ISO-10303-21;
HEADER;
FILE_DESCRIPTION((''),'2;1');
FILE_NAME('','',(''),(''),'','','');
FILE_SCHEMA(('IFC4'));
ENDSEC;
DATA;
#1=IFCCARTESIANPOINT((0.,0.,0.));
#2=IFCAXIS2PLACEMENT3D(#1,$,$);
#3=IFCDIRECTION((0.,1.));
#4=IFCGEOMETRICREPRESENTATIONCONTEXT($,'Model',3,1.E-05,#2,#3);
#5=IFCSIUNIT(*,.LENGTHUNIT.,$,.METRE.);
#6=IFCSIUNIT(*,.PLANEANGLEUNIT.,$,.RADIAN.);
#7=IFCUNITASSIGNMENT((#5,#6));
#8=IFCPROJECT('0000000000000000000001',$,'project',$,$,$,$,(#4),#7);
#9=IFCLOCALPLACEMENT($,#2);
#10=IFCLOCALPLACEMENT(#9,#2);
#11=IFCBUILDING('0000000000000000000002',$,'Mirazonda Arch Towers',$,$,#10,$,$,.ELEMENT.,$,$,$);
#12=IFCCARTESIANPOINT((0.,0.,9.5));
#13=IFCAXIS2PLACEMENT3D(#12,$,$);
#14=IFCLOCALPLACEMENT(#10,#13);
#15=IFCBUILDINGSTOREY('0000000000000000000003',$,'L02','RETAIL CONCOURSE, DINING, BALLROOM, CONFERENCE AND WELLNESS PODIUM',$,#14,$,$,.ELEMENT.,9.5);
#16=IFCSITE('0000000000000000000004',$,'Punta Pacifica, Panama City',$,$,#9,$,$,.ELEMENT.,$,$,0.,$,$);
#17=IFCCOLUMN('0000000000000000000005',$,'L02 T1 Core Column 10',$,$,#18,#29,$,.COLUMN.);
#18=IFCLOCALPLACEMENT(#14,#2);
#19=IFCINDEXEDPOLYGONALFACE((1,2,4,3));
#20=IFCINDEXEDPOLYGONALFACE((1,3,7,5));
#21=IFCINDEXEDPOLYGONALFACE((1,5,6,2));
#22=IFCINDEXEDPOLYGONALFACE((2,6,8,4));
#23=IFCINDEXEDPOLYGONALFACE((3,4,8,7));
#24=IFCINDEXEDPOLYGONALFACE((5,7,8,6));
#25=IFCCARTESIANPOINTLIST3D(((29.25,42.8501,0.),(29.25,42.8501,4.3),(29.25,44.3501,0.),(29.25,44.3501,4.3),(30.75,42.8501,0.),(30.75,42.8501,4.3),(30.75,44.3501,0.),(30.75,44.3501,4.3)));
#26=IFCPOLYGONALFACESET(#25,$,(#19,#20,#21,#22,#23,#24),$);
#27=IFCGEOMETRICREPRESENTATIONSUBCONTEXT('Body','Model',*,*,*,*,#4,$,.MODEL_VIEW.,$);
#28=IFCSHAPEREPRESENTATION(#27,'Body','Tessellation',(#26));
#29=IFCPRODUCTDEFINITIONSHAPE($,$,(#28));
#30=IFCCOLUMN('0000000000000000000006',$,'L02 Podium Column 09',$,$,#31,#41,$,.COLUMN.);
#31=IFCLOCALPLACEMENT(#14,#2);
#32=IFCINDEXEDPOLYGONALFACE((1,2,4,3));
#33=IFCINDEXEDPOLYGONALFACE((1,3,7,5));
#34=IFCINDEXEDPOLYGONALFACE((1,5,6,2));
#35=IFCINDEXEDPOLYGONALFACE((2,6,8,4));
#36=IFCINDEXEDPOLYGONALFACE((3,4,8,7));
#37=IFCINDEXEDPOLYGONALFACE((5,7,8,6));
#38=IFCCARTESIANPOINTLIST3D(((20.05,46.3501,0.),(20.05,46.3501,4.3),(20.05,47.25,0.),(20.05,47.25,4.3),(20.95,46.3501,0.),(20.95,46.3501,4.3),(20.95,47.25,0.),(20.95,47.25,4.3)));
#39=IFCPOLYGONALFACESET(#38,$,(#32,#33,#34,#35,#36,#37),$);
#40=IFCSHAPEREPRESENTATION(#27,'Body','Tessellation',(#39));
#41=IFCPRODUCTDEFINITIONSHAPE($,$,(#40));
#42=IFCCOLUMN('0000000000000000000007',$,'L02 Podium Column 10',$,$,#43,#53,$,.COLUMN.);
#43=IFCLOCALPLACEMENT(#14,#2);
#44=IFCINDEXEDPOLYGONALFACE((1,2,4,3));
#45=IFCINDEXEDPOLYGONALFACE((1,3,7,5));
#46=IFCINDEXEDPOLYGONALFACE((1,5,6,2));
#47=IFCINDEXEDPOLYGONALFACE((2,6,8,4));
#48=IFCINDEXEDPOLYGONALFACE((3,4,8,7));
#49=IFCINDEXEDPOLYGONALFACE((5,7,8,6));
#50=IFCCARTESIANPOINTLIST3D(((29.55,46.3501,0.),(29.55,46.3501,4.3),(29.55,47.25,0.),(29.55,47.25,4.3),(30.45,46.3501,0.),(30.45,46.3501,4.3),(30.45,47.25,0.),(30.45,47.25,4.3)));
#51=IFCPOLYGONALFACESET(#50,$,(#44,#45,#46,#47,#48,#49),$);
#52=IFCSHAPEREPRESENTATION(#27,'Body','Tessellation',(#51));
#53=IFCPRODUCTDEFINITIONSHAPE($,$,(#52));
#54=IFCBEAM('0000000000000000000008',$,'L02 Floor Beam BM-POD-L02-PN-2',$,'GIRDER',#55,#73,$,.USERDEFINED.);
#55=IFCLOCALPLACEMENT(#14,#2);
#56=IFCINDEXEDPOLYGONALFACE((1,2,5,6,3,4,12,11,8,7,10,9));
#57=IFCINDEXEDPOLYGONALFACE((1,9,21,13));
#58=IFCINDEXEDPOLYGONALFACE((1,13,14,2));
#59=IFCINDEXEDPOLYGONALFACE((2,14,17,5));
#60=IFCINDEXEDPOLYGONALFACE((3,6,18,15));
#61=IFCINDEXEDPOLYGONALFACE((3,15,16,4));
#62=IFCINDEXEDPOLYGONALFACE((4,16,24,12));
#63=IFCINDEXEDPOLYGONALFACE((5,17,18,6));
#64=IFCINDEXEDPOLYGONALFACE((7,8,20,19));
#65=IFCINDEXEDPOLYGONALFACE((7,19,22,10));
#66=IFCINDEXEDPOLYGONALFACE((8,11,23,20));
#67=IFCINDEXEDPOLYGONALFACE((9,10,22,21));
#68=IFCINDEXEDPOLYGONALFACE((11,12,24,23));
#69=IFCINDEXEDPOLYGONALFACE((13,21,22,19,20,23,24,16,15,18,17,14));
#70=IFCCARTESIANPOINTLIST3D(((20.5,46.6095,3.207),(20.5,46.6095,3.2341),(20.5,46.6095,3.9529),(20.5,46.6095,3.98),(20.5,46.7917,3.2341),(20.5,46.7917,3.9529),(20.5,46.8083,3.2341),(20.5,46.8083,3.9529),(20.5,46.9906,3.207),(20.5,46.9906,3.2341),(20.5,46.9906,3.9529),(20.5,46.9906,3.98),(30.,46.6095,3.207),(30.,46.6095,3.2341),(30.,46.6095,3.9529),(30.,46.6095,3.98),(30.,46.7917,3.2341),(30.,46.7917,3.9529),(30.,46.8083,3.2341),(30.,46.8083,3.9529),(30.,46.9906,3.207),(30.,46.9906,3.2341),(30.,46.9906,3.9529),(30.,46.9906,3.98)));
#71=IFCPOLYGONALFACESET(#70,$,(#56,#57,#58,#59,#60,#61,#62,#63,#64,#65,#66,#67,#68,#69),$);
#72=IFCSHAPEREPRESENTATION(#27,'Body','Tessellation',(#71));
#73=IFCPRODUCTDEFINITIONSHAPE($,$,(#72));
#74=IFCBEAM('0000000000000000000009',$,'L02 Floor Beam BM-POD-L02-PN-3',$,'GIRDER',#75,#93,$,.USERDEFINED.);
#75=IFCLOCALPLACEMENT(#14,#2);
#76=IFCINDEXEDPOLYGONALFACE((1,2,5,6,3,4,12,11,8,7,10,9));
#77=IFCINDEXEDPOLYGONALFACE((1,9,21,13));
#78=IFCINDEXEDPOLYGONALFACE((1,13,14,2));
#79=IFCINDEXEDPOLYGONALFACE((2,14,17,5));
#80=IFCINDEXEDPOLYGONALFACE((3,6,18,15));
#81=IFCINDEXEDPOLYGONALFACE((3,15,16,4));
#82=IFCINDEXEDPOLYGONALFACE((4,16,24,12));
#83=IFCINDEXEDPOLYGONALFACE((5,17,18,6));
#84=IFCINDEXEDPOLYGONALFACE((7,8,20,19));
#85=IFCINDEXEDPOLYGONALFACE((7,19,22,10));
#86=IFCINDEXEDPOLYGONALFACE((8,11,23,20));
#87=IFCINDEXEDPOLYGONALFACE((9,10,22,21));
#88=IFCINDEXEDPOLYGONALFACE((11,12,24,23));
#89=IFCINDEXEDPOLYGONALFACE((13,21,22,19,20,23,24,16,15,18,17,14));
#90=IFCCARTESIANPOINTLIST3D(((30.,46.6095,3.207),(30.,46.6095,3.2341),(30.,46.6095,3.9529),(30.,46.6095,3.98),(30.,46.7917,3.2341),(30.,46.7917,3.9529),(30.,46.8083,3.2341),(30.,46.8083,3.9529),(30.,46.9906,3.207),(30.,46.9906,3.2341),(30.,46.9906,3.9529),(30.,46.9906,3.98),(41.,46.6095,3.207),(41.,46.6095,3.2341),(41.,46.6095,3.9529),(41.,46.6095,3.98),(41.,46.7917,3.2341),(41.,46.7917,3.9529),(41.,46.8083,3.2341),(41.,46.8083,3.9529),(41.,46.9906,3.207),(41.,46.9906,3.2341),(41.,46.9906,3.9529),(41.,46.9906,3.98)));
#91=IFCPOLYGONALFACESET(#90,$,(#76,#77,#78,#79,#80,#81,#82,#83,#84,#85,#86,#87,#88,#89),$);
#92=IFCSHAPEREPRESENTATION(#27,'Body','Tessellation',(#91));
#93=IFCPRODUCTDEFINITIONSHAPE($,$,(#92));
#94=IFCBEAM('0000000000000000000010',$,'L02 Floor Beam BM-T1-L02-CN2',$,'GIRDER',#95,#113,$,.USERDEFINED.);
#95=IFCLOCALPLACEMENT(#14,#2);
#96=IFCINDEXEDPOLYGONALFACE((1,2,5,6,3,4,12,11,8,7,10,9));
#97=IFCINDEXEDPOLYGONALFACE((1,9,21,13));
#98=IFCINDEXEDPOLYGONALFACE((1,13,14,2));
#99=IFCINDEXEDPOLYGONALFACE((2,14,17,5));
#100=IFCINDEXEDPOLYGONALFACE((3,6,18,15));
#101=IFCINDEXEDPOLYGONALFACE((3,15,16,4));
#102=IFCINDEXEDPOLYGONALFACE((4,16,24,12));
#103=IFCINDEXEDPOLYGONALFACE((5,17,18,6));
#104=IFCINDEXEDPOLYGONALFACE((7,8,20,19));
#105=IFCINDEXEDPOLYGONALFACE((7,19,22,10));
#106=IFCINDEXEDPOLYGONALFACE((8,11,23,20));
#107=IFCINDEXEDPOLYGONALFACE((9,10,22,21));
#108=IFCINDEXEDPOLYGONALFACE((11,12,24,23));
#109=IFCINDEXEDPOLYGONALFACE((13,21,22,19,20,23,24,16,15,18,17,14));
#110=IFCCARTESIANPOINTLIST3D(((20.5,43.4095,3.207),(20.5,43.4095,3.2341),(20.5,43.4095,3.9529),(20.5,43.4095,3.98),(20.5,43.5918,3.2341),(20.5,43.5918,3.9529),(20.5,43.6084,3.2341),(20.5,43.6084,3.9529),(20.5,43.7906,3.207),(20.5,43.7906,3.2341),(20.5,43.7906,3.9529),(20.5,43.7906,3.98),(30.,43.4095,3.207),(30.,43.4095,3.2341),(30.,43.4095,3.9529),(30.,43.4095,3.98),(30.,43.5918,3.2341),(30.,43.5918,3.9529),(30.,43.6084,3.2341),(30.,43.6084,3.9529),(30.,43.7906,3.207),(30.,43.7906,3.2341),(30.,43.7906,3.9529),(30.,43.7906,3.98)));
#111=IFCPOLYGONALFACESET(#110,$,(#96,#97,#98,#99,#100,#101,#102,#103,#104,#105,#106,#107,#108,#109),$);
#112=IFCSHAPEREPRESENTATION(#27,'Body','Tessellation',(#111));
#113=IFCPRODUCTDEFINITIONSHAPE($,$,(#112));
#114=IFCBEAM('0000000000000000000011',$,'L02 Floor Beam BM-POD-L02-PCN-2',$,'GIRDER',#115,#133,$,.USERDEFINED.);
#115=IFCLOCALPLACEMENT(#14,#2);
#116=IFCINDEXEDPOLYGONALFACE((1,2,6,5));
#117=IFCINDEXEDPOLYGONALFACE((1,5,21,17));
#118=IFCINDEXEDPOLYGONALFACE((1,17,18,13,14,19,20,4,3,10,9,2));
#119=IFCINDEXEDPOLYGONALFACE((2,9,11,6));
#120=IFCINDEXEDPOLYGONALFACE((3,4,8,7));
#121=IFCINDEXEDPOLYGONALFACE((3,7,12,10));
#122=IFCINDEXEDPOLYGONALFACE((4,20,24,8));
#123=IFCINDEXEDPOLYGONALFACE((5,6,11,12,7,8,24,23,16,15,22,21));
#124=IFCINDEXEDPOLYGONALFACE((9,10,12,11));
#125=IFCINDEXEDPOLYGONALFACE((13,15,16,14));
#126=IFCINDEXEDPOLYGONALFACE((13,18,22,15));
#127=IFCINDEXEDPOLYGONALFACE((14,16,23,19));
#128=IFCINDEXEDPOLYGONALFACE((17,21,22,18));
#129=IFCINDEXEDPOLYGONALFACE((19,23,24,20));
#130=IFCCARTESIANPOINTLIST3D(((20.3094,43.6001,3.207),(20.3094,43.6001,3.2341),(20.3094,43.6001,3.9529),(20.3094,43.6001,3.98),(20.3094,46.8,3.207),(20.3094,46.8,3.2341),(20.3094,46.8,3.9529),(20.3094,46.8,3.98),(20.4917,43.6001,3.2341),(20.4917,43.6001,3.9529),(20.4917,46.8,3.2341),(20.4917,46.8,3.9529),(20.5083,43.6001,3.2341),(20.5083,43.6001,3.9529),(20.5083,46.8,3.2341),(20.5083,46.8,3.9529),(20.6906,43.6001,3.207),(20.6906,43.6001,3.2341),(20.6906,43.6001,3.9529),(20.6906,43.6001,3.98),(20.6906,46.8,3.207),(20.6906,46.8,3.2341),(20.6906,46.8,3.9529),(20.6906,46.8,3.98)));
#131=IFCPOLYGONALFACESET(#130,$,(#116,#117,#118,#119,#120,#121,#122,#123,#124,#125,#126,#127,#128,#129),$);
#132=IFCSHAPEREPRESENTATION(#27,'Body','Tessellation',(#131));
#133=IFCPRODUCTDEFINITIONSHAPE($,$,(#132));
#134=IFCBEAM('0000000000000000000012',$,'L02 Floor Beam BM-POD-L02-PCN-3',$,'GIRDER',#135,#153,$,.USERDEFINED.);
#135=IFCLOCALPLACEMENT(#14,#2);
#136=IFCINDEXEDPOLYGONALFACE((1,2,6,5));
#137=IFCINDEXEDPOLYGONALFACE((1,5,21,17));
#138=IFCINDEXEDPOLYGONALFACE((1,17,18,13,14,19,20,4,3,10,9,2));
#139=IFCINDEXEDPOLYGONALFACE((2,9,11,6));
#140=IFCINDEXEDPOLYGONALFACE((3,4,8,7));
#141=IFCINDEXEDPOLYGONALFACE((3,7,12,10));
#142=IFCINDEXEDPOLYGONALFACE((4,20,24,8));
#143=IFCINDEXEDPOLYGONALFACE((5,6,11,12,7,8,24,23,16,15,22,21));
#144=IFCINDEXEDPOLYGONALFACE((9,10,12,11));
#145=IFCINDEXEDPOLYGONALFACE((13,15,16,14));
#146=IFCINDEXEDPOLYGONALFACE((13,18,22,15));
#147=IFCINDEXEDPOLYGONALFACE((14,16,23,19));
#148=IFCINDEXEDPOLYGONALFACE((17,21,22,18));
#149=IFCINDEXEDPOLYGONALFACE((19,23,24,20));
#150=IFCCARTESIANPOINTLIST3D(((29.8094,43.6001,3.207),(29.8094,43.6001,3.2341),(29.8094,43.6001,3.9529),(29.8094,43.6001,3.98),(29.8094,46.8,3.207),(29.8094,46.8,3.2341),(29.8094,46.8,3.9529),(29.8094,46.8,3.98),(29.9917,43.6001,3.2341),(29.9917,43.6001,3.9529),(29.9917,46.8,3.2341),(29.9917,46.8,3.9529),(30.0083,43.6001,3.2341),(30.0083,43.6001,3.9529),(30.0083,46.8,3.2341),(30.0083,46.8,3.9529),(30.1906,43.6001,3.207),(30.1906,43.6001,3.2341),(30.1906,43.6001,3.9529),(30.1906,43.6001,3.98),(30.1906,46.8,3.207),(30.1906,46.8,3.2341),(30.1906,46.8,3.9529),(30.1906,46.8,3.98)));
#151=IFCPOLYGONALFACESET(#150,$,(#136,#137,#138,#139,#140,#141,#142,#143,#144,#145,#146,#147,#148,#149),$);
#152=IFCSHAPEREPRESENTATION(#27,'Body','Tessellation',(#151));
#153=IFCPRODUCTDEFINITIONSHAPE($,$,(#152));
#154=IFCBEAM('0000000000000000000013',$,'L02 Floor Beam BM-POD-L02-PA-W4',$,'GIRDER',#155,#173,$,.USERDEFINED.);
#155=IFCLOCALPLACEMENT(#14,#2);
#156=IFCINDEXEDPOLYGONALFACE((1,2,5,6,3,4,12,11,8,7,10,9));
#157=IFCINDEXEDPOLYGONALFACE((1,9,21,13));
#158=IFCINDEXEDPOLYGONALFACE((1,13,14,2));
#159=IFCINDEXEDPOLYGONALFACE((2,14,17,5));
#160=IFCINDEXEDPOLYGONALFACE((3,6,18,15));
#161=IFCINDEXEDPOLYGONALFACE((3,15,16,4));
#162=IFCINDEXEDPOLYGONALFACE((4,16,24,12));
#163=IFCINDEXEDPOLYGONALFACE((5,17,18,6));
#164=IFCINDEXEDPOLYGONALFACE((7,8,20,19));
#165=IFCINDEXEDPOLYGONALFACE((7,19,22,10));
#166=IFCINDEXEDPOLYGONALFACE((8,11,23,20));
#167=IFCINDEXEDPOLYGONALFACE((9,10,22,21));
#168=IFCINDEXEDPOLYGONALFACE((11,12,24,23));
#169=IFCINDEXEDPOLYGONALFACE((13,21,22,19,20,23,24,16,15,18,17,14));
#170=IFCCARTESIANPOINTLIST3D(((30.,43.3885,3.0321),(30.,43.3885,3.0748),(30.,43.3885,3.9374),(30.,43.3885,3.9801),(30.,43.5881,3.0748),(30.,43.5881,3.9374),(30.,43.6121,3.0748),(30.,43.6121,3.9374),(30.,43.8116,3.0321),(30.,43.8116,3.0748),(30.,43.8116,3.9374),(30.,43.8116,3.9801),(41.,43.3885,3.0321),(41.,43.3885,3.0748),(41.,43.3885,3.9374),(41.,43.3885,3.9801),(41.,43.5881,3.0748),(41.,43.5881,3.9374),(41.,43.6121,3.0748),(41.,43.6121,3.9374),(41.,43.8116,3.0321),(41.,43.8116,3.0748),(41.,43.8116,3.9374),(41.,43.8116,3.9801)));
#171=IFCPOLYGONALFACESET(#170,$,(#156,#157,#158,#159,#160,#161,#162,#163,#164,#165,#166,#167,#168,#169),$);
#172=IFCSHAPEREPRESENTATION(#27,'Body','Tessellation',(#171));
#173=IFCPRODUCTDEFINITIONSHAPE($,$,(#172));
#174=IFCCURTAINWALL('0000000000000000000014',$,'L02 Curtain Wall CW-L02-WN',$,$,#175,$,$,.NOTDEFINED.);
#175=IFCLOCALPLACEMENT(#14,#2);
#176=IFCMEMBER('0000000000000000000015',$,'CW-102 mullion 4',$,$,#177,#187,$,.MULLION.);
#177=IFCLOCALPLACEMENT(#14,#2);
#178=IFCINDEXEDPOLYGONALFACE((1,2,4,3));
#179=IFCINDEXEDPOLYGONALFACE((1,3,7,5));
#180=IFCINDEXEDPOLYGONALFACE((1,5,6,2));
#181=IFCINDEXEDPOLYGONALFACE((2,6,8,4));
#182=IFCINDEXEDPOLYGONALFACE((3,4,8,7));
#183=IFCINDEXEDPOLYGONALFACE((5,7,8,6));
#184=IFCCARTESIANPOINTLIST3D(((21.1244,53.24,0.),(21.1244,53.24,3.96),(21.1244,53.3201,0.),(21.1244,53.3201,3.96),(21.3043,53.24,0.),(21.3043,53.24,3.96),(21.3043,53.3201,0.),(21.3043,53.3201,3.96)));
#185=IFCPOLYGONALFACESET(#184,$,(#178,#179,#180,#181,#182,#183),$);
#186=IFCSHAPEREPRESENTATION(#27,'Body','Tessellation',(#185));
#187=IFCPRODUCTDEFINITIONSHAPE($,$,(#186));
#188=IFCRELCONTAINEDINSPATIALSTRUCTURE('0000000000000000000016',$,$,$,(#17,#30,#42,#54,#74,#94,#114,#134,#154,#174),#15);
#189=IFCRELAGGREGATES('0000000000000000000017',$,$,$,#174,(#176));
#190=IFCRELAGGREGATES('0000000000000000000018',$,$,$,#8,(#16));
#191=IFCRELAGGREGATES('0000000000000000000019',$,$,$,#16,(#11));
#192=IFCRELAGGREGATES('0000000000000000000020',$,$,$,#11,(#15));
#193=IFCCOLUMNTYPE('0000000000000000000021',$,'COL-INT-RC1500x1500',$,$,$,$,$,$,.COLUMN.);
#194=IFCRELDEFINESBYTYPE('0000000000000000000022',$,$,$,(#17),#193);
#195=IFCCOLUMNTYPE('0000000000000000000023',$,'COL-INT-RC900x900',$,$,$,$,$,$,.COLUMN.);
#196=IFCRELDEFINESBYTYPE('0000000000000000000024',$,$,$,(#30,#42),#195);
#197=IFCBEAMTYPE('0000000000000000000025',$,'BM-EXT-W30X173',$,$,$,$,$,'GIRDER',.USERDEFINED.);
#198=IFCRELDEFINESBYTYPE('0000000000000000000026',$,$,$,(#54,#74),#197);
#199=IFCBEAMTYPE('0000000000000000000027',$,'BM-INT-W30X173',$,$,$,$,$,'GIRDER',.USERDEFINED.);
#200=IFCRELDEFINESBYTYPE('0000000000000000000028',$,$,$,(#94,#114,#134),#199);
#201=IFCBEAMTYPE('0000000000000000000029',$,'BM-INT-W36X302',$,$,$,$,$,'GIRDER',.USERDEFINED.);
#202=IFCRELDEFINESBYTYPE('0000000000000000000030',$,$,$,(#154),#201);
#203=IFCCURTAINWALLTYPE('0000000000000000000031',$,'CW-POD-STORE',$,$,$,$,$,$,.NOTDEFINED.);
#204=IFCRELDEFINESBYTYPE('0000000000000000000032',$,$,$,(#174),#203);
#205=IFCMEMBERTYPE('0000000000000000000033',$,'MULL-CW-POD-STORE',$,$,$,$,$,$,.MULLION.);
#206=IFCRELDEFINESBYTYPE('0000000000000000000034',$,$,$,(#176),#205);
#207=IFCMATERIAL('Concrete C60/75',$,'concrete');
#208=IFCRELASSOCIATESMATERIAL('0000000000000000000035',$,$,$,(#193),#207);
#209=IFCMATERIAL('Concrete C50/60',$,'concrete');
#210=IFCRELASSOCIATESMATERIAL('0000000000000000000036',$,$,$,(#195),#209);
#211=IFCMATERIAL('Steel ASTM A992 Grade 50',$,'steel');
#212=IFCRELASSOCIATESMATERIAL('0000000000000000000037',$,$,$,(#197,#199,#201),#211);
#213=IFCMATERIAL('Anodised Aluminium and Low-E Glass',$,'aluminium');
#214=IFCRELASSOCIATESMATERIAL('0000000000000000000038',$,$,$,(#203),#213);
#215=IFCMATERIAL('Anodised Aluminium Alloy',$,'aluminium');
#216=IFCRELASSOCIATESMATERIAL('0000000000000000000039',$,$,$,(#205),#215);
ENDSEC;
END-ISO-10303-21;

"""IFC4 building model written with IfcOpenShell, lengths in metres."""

from ifc_helpers import new_model, si_unit, direction, frame, origin, origin_2d, place, context, subcontext, project, spatial, rectangle, i_section, extrude, material, material_profile, profile_set, type_object, element, aggregate, save


model = new_model("IFC4")

# Units and contexts
model_context = context("Model", 3, precision=1e-05, world=origin(), true_north=direction((0.0, 1.0)))
body_context = subcontext(model_context, "Body", "Model", "MODEL_VIEW")
ifc_project = project(units=[si_unit("LENGTHUNIT", "METRE"), si_unit("PLANEANGLEUNIT", "RADIAN")], contexts=[model_context])

# Site, building, storey
site_placement = place(None, origin())
site = spatial("IfcSite", under=ifc_project, at=site_placement, Name="Punta Pacifica, Panama City", CompositionType="ELEMENT", RefElevation=0.0)
building_placement = place(site_placement, origin())
building = spatial("IfcBuilding", under=site, at=building_placement, Name="Mirazonda Arch Towers", CompositionType="ELEMENT")
storey_placement = place(building_placement, frame((0.0, 0.0, 9.5)))
storey = spatial("IfcBuildingStorey", under=building, at=storey_placement, Name="L02", Description="RETAIL CONCOURSE, DINING, BALLROOM, CONFERENCE AND WELLNESS PODIUM", CompositionType="ELEMENT", Elevation=9.5)

# Columns
ifc_material_1 = material(Name="Concrete C60/75", Category="concrete")
ifc_material_profile_1 = material_profile(ifc_material_1, rectangle(XDim=1.5, YDim=1.5, at=origin_2d()), Name="RC1500x1500")
ifc_profile_set_1 = profile_set([ifc_material_profile_1], Name="Concrete C60/75")
column_type_1 = type_object("IfcColumnType", Name="COL-INT-RC1500x1500", PredefinedType="COLUMN", material=ifc_profile_set_1)
column_placement = place(storey_placement, frame((30.0, 43.6001, 0.0), z_axis=(0.0, 0.0, 1.0), x_axis=(1.0, 0.0, 0.0)))
element("IfcColumn", 1, at=column_placement, inside=storey, type_object=column_type_1, Name="L02 T1 Core Column 10", PredefinedType="COLUMN", context=body_context, shape_type="SweptSolid", body=[
    extrude(rectangle(XDim=1.5, YDim=1.5, at=origin_2d()), origin(), (0.0, 0.0, 1.0), 4.3),
])
ifc_material_2 = material(Name="Concrete C50/60", Category="concrete")
ifc_material_profile_2 = material_profile(ifc_material_2, rectangle(XDim=0.8999, YDim=0.8999, at=origin_2d()), Name="RC900x900")
ifc_profile_set_2 = profile_set([ifc_material_profile_2], Name="Concrete C50/60")
column_type_2 = type_object("IfcColumnType", Name="COL-INT-RC900x900", PredefinedType="COLUMN", material=ifc_profile_set_2)
for number, where, z_axis, x_axis, name in (
    (2, (20.5, 46.8, 0.0), (0.0, 0.0, 1.0), (1.0, 0.0, 0.0), "L02 Podium Column 09"),
    (3, (30.0, 46.8, 0.0), (0.0, 0.0, 1.0), (1.0, 0.0, 0.0), "L02 Podium Column 10"),
):
    element("IfcColumn", number, at=place(storey_placement, frame(where, z_axis=z_axis, x_axis=x_axis)), inside=storey, type_object=column_type_2, Name=name, PredefinedType="COLUMN", context=body_context, shape_type="SweptSolid", body=[
        extrude(rectangle(XDim=0.8999, YDim=0.8999, at=origin_2d()), origin(), (0.0, 0.0, 1.0), 4.3),
    ])

# Beams
ifc_material_3 = material(Name="Steel ASTM A992 Grade 50", Category="steel")
ifc_material_profile_3 = material_profile(ifc_material_3, i_section(OverallWidth=0.3811, OverallDepth=0.7729, WebThickness=0.0166, FlangeThickness=0.0271, at=origin_2d()), Name="W30X173")
ifc_profile_set_3 = profile_set([ifc_material_profile_3], Name="Steel ASTM A992 Grade 50")
beam_type_1 = type_object("IfcBeamType", Name="BM-EXT-W30X173", ElementType="GIRDER", PredefinedType="USERDEFINED", material=ifc_profile_set_3)
beam_1_placement = place(storey_placement, frame((20.5, 46.8, 3.5935), z_axis=(1.0, 0.0, 0.0), x_axis=(0.0, 1.0, 0.0)))
element("IfcBeam", 4, at=beam_1_placement, inside=storey, type_object=beam_type_1, Name="L02 Floor Beam BM-POD-L02-PN-2", ObjectType="GIRDER", PredefinedType="USERDEFINED", context=body_context, shape_type="SweptSolid", body=[
    extrude(i_section(OverallWidth=0.3811, OverallDepth=0.7729, WebThickness=0.0166, FlangeThickness=0.0271, at=origin_2d()), origin(), (0.0, 0.0, 1.0), 9.5),
])
beam_2_placement = place(storey_placement, frame((30.0, 46.8, 3.5935), z_axis=(1.0, 0.0, 0.0), x_axis=(0.0, 1.0, 0.0)))
element("IfcBeam", 5, at=beam_2_placement, inside=storey, type_object=beam_type_1, Name="L02 Floor Beam BM-POD-L02-PN-3", ObjectType="GIRDER", PredefinedType="USERDEFINED", context=body_context, shape_type="SweptSolid", body=[
    extrude(i_section(OverallWidth=0.3811, OverallDepth=0.7729, WebThickness=0.0166, FlangeThickness=0.0271, at=origin_2d()), origin(), (0.0, 0.0, 1.0), 11.0),
])
ifc_material_profile_4 = material_profile(ifc_material_3, i_section(OverallWidth=0.3811, OverallDepth=0.7729, WebThickness=0.0166, FlangeThickness=0.0271, at=origin_2d()), Name="W30X173")
ifc_profile_set_4 = profile_set([ifc_material_profile_4], Name="Steel ASTM A992 Grade 50")
beam_type_2 = type_object("IfcBeamType", Name="BM-INT-W30X173", ElementType="GIRDER", PredefinedType="USERDEFINED", material=ifc_profile_set_4)
beam_3_placement = place(storey_placement, frame((20.5, 43.6001, 3.5935), z_axis=(1.0, 0.0, 0.0), x_axis=(0.0, 1.0, 0.0)))
element("IfcBeam", 6, at=beam_3_placement, inside=storey, type_object=beam_type_2, Name="L02 Floor Beam BM-T1-L02-CN2", ObjectType="GIRDER", PredefinedType="USERDEFINED", context=body_context, shape_type="SweptSolid", body=[
    extrude(i_section(OverallWidth=0.3811, OverallDepth=0.7729, WebThickness=0.0166, FlangeThickness=0.0271, at=origin_2d()), origin(), (0.0, 0.0, 1.0), 9.5),
])
for number, where, z_axis, x_axis, name in (
    (7, (20.5, 43.6001, 3.5935), (0.0, 1.0, 0.0), (-1.0, 0.0, 0.0), "L02 Floor Beam BM-POD-L02-PCN-2"),
    (8, (30.0, 43.6001, 3.5935), (0.0, 1.0, 0.0), (-1.0, 0.0, 0.0), "L02 Floor Beam BM-POD-L02-PCN-3"),
):
    element("IfcBeam", number, at=place(storey_placement, frame(where, z_axis=z_axis, x_axis=x_axis)), inside=storey, type_object=beam_type_2, Name=name, ObjectType="GIRDER", PredefinedType="USERDEFINED", context=body_context, shape_type="SweptSolid", body=[
        extrude(i_section(OverallWidth=0.3811, OverallDepth=0.7729, WebThickness=0.0166, FlangeThickness=0.0271, at=origin_2d()), origin(), (0.0, 0.0, 1.0), 3.2),
    ])
ifc_material_profile_5 = material_profile(ifc_material_3, i_section(OverallWidth=0.4231, OverallDepth=0.948, WebThickness=0.0239, FlangeThickness=0.0427, at=origin_2d()), Name="W36X302")
ifc_profile_set_5 = profile_set([ifc_material_profile_5], Name="Steel ASTM A992 Grade 50")
beam_type_3 = type_object("IfcBeamType", Name="BM-INT-W36X302", ElementType="GIRDER", PredefinedType="USERDEFINED", material=ifc_profile_set_5)
beam_4_placement = place(storey_placement, frame((30.0, 43.6001, 3.5061), z_axis=(1.0, 0.0, 0.0), x_axis=(0.0, 1.0, 0.0)))
element("IfcBeam", 9, at=beam_4_placement, inside=storey, type_object=beam_type_3, Name="L02 Floor Beam BM-POD-L02-PA-W4", ObjectType="GIRDER", PredefinedType="USERDEFINED", context=body_context, shape_type="SweptSolid", body=[
    extrude(i_section(OverallWidth=0.4231, OverallDepth=0.948, WebThickness=0.0239, FlangeThickness=0.0427, at=origin_2d()), origin(), (0.0, 0.0, 1.0), 11.0),
])

# Curtain wall, member
ifc_material_4 = material(Name="Anodised Aluminium and Low-E Glass", Category="aluminium")
curtain_wall_type = type_object("IfcCurtainWallType", Name="CW-POD-STORE", PredefinedType="NOTDEFINED", material=ifc_material_4)
curtain_wall_placement = place(storey_placement, origin())
curtain_wall = element("IfcCurtainWall", 10, at=curtain_wall_placement, inside=storey, type_object=curtain_wall_type, Name="L02 Curtain Wall CW-L02-WN", PredefinedType="NOTDEFINED")
ifc_material_5 = material(Name="Anodised Aluminium Alloy", Category="aluminium")
ifc_material_profile_6 = material_profile(ifc_material_5, rectangle(XDim=0.0801, YDim=0.1799, at=origin_2d()), Name="ALU-MULL-80x180")
ifc_profile_set_6 = profile_set([ifc_material_profile_6], Name="Anodised Aluminium Alloy")
member_type_1 = type_object("IfcMemberType", Name="MULL-CW-POD-STORE", PredefinedType="MULLION", material=ifc_profile_set_6)
member_1_placement = place(storey_placement, frame((21.2144, 53.28, 0.0), z_axis=(0.0, 0.0, 1.0), x_axis=(0.0, 1.0, 0.0)))
member_1 = element("IfcMember", 11, at=member_1_placement, type_object=member_type_1, Name="CW-102 mullion 4", PredefinedType="MULLION", context=body_context, shape_type="SweptSolid", body=[
    extrude(rectangle(XDim=0.0801, YDim=0.1799, at=origin_2d()), origin(), (0.0, 0.0, 1.0), 3.96),
])
aggregate(curtain_wall, [member_1])

save(model, "model.ifc")
